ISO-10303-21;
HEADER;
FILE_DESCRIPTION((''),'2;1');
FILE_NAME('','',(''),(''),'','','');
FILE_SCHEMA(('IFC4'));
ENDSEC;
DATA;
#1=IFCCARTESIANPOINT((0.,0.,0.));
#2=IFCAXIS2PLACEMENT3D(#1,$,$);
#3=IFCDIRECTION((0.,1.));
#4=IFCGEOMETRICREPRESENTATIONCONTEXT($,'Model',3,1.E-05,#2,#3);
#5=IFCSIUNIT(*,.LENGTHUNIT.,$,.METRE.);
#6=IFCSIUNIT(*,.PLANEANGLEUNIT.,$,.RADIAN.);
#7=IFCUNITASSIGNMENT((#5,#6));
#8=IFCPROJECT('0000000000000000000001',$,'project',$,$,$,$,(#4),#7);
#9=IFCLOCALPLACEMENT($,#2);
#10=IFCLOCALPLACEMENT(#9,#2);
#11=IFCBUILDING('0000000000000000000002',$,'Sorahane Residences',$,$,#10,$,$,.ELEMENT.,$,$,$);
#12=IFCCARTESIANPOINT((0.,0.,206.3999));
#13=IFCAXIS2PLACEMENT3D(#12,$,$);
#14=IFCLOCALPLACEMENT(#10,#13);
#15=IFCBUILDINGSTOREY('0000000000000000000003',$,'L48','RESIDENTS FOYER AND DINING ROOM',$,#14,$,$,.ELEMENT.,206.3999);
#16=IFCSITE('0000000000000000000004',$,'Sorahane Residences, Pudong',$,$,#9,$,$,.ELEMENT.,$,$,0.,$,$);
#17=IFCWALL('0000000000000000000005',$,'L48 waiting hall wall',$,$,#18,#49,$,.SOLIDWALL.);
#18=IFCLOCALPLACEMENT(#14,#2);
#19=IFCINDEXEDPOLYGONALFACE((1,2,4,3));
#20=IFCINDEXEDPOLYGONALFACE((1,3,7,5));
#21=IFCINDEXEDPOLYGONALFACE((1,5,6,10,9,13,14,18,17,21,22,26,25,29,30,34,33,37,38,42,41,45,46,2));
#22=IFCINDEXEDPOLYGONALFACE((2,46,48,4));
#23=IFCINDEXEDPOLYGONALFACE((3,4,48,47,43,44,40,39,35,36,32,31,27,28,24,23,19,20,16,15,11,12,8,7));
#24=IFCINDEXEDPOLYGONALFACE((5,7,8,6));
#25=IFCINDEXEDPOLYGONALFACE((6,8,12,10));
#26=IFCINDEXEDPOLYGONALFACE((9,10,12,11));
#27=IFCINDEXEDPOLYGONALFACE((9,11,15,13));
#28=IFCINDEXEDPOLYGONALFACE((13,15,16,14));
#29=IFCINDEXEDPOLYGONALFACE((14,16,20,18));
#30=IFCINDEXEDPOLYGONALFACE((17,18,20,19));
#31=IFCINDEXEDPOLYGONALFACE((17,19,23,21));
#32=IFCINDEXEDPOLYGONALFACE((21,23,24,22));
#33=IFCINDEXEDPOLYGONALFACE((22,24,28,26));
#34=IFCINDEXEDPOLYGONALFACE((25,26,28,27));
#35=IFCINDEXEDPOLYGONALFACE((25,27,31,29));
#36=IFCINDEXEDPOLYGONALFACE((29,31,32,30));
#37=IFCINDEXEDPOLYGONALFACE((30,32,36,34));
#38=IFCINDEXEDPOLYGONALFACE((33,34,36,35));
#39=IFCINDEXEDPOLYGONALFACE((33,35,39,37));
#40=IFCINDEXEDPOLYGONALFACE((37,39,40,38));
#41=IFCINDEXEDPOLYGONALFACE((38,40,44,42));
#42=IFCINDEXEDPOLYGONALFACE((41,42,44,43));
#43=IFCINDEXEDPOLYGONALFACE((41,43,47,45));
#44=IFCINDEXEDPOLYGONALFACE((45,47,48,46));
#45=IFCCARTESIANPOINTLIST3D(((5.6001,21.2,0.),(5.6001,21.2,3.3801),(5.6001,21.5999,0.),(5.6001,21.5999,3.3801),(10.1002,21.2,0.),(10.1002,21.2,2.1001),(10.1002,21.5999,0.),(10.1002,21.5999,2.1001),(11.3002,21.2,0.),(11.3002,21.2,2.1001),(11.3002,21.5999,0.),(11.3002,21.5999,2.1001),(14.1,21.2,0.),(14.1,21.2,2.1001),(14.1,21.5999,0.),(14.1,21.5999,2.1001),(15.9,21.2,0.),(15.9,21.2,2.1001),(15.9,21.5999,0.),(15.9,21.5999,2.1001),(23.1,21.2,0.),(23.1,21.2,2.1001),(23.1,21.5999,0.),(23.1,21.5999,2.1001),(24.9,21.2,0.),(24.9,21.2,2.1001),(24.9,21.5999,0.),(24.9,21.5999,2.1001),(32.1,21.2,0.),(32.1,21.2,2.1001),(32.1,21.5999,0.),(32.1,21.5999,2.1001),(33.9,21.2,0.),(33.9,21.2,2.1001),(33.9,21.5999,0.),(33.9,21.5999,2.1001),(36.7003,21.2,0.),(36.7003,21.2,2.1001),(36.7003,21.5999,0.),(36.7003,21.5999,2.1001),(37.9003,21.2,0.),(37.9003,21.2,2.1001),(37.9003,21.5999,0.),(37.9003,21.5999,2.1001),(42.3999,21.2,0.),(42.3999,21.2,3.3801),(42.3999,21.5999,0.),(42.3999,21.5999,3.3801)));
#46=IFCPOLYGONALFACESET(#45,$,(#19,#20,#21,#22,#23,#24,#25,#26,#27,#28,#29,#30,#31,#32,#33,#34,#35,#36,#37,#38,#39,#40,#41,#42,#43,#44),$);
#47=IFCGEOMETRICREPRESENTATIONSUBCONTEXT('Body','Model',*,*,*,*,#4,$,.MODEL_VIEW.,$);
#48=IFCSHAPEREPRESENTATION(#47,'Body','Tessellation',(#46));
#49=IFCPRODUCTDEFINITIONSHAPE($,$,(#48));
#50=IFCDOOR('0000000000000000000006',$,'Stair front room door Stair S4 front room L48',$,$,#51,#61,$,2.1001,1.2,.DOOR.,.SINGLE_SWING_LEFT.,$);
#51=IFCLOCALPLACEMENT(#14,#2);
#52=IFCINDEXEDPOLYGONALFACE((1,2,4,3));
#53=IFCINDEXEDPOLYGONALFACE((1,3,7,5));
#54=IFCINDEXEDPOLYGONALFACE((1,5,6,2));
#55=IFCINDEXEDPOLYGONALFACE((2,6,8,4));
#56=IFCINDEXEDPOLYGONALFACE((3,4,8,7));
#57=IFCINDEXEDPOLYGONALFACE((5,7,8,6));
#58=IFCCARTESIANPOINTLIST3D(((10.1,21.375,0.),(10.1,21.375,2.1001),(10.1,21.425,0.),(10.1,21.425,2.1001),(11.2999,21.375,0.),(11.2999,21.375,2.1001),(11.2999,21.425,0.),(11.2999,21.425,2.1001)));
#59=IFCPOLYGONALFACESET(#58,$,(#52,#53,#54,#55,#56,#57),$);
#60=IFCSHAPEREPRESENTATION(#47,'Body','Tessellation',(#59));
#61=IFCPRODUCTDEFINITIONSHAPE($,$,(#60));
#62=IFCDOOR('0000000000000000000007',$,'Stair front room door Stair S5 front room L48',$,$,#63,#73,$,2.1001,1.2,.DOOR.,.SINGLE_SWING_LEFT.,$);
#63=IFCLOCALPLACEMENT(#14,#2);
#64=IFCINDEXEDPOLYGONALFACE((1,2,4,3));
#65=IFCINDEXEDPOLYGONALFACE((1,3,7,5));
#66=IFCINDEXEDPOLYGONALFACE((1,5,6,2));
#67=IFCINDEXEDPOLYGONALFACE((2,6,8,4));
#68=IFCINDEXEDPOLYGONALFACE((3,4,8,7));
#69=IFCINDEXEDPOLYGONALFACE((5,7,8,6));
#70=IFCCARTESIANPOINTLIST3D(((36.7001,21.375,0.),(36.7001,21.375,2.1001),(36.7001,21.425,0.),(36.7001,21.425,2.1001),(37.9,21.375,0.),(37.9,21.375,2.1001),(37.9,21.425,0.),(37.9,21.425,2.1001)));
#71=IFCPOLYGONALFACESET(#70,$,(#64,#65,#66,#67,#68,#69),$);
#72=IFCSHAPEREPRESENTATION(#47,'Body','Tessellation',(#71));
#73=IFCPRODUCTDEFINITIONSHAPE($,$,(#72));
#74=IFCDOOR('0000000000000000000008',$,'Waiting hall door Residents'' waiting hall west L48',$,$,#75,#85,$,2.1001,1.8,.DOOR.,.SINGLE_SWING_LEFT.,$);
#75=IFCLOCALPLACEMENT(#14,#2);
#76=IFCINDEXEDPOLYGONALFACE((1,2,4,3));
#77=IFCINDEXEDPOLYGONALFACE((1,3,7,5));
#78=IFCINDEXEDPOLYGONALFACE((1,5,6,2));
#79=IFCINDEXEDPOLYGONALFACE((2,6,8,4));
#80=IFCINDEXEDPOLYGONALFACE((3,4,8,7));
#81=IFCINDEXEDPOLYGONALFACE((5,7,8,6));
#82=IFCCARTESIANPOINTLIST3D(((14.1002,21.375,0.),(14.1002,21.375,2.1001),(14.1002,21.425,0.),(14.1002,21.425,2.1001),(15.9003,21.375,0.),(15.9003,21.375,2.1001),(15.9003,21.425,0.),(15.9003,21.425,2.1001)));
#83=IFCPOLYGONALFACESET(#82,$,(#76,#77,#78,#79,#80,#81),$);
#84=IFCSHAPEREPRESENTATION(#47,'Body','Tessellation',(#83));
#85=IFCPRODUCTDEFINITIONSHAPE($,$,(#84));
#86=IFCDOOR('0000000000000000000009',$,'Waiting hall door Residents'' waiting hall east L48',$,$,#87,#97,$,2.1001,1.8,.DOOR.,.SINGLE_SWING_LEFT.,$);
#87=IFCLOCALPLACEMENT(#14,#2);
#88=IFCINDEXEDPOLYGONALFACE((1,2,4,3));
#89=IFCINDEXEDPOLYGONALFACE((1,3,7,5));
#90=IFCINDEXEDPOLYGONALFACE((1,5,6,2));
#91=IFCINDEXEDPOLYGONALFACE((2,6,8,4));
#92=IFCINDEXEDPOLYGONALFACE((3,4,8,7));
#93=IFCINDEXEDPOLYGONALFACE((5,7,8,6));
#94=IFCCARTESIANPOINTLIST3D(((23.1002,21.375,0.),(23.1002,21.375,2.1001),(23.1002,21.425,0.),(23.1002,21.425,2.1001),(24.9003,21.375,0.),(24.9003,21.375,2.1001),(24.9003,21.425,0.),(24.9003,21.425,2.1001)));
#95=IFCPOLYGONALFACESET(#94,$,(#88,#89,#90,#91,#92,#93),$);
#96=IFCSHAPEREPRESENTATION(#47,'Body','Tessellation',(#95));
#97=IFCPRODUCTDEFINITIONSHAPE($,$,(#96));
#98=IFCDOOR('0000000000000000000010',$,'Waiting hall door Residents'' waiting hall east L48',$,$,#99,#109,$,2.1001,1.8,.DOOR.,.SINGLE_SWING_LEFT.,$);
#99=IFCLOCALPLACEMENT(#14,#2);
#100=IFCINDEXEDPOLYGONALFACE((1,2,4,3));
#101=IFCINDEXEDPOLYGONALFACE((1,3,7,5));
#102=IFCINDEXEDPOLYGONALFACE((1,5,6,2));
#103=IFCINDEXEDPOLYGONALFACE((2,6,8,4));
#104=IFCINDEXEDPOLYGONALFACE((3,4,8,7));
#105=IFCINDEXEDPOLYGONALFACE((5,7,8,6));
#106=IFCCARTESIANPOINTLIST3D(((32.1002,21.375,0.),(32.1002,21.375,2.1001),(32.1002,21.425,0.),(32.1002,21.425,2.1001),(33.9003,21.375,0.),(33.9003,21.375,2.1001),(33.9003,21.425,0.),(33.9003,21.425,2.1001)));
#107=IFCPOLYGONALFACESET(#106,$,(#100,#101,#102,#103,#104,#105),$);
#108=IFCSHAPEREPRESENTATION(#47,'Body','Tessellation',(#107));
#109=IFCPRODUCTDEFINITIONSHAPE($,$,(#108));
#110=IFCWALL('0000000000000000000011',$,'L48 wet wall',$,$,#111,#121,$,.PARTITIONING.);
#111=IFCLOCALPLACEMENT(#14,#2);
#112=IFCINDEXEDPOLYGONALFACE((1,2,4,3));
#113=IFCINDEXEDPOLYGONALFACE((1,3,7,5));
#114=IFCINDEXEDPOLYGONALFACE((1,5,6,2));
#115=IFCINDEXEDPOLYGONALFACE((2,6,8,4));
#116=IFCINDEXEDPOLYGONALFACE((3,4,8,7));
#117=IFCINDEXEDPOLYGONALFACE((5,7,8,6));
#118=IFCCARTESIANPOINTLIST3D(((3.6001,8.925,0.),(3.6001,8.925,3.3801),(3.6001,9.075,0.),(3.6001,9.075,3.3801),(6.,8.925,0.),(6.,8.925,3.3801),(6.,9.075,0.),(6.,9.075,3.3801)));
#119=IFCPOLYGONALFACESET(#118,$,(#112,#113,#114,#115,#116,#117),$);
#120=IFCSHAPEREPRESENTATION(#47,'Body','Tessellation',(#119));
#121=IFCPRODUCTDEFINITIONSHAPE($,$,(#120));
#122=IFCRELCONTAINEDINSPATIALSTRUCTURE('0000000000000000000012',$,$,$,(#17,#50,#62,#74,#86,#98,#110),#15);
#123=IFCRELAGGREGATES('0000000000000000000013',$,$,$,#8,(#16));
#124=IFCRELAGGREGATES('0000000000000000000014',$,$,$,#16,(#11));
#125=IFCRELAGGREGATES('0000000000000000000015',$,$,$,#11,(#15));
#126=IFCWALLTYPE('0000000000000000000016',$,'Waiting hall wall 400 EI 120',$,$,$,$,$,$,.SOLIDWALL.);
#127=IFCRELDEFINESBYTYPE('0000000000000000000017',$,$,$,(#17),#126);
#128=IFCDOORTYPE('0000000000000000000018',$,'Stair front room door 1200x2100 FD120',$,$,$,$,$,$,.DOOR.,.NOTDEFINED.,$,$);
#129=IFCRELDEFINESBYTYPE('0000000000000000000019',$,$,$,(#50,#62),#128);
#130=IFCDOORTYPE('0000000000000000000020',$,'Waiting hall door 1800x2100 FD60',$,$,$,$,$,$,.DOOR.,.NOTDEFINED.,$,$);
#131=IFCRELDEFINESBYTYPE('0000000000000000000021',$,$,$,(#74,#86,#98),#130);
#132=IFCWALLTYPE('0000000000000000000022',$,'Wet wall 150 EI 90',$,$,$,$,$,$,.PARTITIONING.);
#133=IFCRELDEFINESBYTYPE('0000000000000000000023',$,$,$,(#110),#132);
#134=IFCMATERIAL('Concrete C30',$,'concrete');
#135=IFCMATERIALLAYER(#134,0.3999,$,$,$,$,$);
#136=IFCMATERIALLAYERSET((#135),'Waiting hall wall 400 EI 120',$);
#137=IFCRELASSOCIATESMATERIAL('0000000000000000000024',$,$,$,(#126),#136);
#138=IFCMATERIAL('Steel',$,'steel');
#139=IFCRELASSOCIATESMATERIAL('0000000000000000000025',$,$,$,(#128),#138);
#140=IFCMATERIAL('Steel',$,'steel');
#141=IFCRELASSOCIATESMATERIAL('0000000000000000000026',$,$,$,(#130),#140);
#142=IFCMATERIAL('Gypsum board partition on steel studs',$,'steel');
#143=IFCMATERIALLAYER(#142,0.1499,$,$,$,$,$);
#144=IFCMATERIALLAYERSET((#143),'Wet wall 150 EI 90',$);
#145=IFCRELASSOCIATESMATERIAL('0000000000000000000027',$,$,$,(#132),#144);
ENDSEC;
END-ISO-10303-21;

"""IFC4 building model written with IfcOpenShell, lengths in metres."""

from ifc_helpers import new_model, si_unit, direction, frame, frame_2d, origin, place, context, subcontext, project, spatial, rectangle, extrude, material, layer, layer_set, type_object, element, fill, save


model = new_model("IFC4")

# Units and contexts
model_context = context("Model", 3, precision=1e-05, world=origin(), true_north=direction((0.0, 1.0)))
body_context = subcontext(model_context, "Body", "Model", "MODEL_VIEW")
ifc_project = project(units=[si_unit("LENGTHUNIT", "METRE"), si_unit("PLANEANGLEUNIT", "RADIAN")], contexts=[model_context])

# Site, building, storey
site_placement = place(None, origin())
site = spatial("IfcSite", under=ifc_project, at=site_placement, Name="Sorahane Residences, Pudong", CompositionType="ELEMENT", RefElevation=0.0)
building_placement = place(site_placement, origin())
building = spatial("IfcBuilding", under=site, at=building_placement, Name="Sorahane Residences", CompositionType="ELEMENT")
storey_placement = place(building_placement, frame((0.0, 0.0, 206.3999)))
storey = spatial("IfcBuildingStorey", under=building, at=storey_placement, Name="L48", Description="RESIDENTS FOYER AND DINING ROOM", CompositionType="ELEMENT", Elevation=206.3999)

# Wall, openings, doors
ifc_material_1 = material(Name="Concrete C30", Category="concrete")
ifc_layer_1 = layer(ifc_material_1, 0.3999)
ifc_layer_set_1 = layer_set([ifc_layer_1], Name="Waiting hall wall 400 EI 120")
wall_type_1 = type_object("IfcWallType", Name="Waiting hall wall 400 EI 120", PredefinedType="SOLIDWALL", material=ifc_layer_set_1)
wall_1_placement = place(storey_placement, frame((5.6001, 21.3999, 0.0), z_axis=(0.0, 0.0, 1.0), x_axis=(1.0, 0.0, 0.0)))
wall_1 = element("IfcWall", 1, at=wall_1_placement, inside=storey, type_object=wall_type_1, Name="L48 waiting hall wall", PredefinedType="SOLIDWALL", context=body_context, shape_type="SweptSolid", body=[
    extrude(rectangle(XDim=36.7998, YDim=0.3999, at=frame_2d((18.3999, 0.0))), origin(), (0.0, 0.0, 1.0), 3.3801),
])
opening_1_placement = place(wall_1_placement, frame((8.5, 0.0, 0.0)))
opening_1 = element("IfcOpeningElement", 2, at=opening_1_placement, cuts=wall_1, PredefinedType="OPENING", context=body_context, shape_type="SweptSolid", body=[
    extrude(rectangle(XDim=1.8, YDim=2.1001, at=frame_2d((0.8999, 1.05))), frame((0.0, 0.21, 0.0), z_axis=(0.0, -1.0, 0.0), x_axis=(1.0, 0.0, 0.0)), (0.0, 0.0, 1.0), 0.4199),
])
opening_2_placement = place(wall_1_placement, frame((17.5, 0.0, 0.0)))
opening_2 = element("IfcOpeningElement", 3, at=opening_2_placement, cuts=wall_1, PredefinedType="OPENING", context=body_context, shape_type="SweptSolid", body=[
    extrude(rectangle(XDim=1.8, YDim=2.1001, at=frame_2d((0.8999, 1.05))), frame((0.0, 0.21, 0.0), z_axis=(0.0, -1.0, 0.0), x_axis=(1.0, 0.0, 0.0)), (0.0, 0.0, 1.0), 0.4199),
])
opening_3_placement = place(wall_1_placement, frame((26.5, 0.0, 0.0)))
opening_3 = element("IfcOpeningElement", 4, at=opening_3_placement, cuts=wall_1, PredefinedType="OPENING", context=body_context, shape_type="SweptSolid", body=[
    extrude(rectangle(XDim=1.8, YDim=2.1001, at=frame_2d((0.8999, 1.05))), frame((0.0, 0.21, 0.0), z_axis=(0.0, -1.0, 0.0), x_axis=(1.0, 0.0, 0.0)), (0.0, 0.0, 1.0), 0.4199),
])
opening_4_placement = place(wall_1_placement, frame((4.5, 0.0, 0.0)))
opening_4 = element("IfcOpeningElement", 5, at=opening_4_placement, cuts=wall_1, PredefinedType="OPENING", context=body_context, shape_type="SweptSolid", body=[
    extrude(rectangle(XDim=1.2, YDim=2.1001, at=frame_2d((0.6001, 1.05))), frame((0.0, 0.21, 0.0), z_axis=(0.0, -1.0, 0.0), x_axis=(1.0, 0.0, 0.0)), (0.0, 0.0, 1.0), 0.4199),
])
opening_5_placement = place(wall_1_placement, frame((31.1001, 0.0, 0.0)))
opening_5 = element("IfcOpeningElement", 6, at=opening_5_placement, cuts=wall_1, PredefinedType="OPENING", context=body_context, shape_type="SweptSolid", body=[
    extrude(rectangle(XDim=1.2, YDim=2.1001, at=frame_2d((0.6001, 1.05))), frame((0.0, 0.21, 0.0), z_axis=(0.0, -1.0, 0.0), x_axis=(1.0, 0.0, 0.0)), (0.0, 0.0, 1.0), 0.4199),
])
ifc_material_2 = material(Name="Steel", Category="steel")
door_type_1 = type_object("IfcDoorType", Name="Stair front room door 1200x2100 FD120", OperationType="NOTDEFINED", PredefinedType="DOOR", material=ifc_material_2)
door_1_placement = place(opening_4_placement, frame((1.2, 0.0, 0.0), z_axis=(0.0, 0.0, 1.0), x_axis=(-1.0, 0.0, 0.0)))
door_1 = element("IfcDoor", 7, at=door_1_placement, inside=storey, type_object=door_type_1, Name="Stair front room door Stair S4 front room L48", OperationType="SINGLE_SWING_LEFT", OverallHeight=2.1001, OverallWidth=1.2, PredefinedType="DOOR", context=body_context, shape_type="SweptSolid", body=[
    extrude(rectangle(XDim=1.2, YDim=2.1001, at=frame_2d((0.6001, 1.05))), frame((0.0, 0.0249, 0.0), z_axis=(0.0, -1.0, 0.0), x_axis=(1.0, 0.0, 0.0)), (0.0, 0.0, 1.0), 0.05),
])
fill(opening_4, door_1)
door_2_placement = place(opening_5_placement, frame((1.2, 0.0, 0.0), z_axis=(0.0, 0.0, 1.0), x_axis=(-1.0, 0.0, 0.0)))
door_2 = element("IfcDoor", 8, at=door_2_placement, inside=storey, type_object=door_type_1, Name="Stair front room door Stair S5 front room L48", OperationType="SINGLE_SWING_LEFT", OverallHeight=2.1001, OverallWidth=1.2, PredefinedType="DOOR", context=body_context, shape_type="SweptSolid", body=[
    extrude(rectangle(XDim=1.2, YDim=2.1001, at=frame_2d((0.6001, 1.05))), frame((0.0, 0.0249, 0.0), z_axis=(0.0, -1.0, 0.0), x_axis=(1.0, 0.0, 0.0)), (0.0, 0.0, 1.0), 0.05),
])
fill(opening_5, door_2)
ifc_material_3 = material(Name="Steel", Category="steel")
door_type_2 = type_object("IfcDoorType", Name="Waiting hall door 1800x2100 FD60", OperationType="NOTDEFINED", PredefinedType="DOOR", material=ifc_material_3)
door_3_placement = place(opening_1_placement, frame((1.8, 0.0, 0.0), z_axis=(0.0, 0.0, 1.0), x_axis=(-1.0, 0.0, 0.0)))
door_3 = element("IfcDoor", 9, at=door_3_placement, inside=storey, type_object=door_type_2, Name="Waiting hall door Residents' waiting hall west L48", OperationType="SINGLE_SWING_LEFT", OverallHeight=2.1001, OverallWidth=1.8, PredefinedType="DOOR", context=body_context, shape_type="SweptSolid", body=[
    extrude(rectangle(XDim=1.8, YDim=2.1001, at=frame_2d((0.8999, 1.05))), frame((0.0, 0.0249, 0.0), z_axis=(0.0, -1.0, 0.0), x_axis=(1.0, 0.0, 0.0)), (0.0, 0.0, 1.0), 0.05),
])
fill(opening_1, door_3)
door_4_placement = place(opening_2_placement, frame((1.8, 0.0, 0.0), z_axis=(0.0, 0.0, 1.0), x_axis=(-1.0, 0.0, 0.0)))
door_4 = element("IfcDoor", 10, at=door_4_placement, inside=storey, type_object=door_type_2, Name="Waiting hall door Residents' waiting hall east L48", OperationType="SINGLE_SWING_LEFT", OverallHeight=2.1001, OverallWidth=1.8, PredefinedType="DOOR", context=body_context, shape_type="SweptSolid", body=[
    extrude(rectangle(XDim=1.8, YDim=2.1001, at=frame_2d((0.8999, 1.05))), frame((0.0, 0.0249, 0.0), z_axis=(0.0, -1.0, 0.0), x_axis=(1.0, 0.0, 0.0)), (0.0, 0.0, 1.0), 0.05),
])
fill(opening_2, door_4)
door_5_placement = place(opening_3_placement, frame((1.8, 0.0, 0.0), z_axis=(0.0, 0.0, 1.0), x_axis=(-1.0, 0.0, 0.0)))
door_5 = element("IfcDoor", 11, at=door_5_placement, inside=storey, type_object=door_type_2, Name="Waiting hall door Residents' waiting hall east L48", OperationType="SINGLE_SWING_LEFT", OverallHeight=2.1001, OverallWidth=1.8, PredefinedType="DOOR", context=body_context, shape_type="SweptSolid", body=[
    extrude(rectangle(XDim=1.8, YDim=2.1001, at=frame_2d((0.8999, 1.05))), frame((0.0, 0.0249, 0.0), z_axis=(0.0, -1.0, 0.0), x_axis=(1.0, 0.0, 0.0)), (0.0, 0.0, 1.0), 0.05),
])
fill(opening_3, door_5)

# Wall
ifc_material_4 = material(Name="Gypsum board partition on steel studs", Category="steel")
ifc_layer_2 = layer(ifc_material_4, 0.1499)
ifc_layer_set_2 = layer_set([ifc_layer_2], Name="Wet wall 150 EI 90")
wall_type_2 = type_object("IfcWallType", Name="Wet wall 150 EI 90", PredefinedType="PARTITIONING", material=ifc_layer_set_2)
wall_2_placement = place(storey_placement, frame((3.6001, 9.0, 0.0), z_axis=(0.0, 0.0, 1.0), x_axis=(1.0, 0.0, 0.0)))
element("IfcWall", 12, at=wall_2_placement, inside=storey, type_object=wall_type_2, Name="L48 wet wall", PredefinedType="PARTITIONING", context=body_context, shape_type="SweptSolid", body=[
    extrude(rectangle(XDim=2.3999, YDim=0.1499, at=frame_2d((1.2, 0.0))), origin(), (0.0, 0.0, 1.0), 3.3801),
])

save(model, "model.ifc")
